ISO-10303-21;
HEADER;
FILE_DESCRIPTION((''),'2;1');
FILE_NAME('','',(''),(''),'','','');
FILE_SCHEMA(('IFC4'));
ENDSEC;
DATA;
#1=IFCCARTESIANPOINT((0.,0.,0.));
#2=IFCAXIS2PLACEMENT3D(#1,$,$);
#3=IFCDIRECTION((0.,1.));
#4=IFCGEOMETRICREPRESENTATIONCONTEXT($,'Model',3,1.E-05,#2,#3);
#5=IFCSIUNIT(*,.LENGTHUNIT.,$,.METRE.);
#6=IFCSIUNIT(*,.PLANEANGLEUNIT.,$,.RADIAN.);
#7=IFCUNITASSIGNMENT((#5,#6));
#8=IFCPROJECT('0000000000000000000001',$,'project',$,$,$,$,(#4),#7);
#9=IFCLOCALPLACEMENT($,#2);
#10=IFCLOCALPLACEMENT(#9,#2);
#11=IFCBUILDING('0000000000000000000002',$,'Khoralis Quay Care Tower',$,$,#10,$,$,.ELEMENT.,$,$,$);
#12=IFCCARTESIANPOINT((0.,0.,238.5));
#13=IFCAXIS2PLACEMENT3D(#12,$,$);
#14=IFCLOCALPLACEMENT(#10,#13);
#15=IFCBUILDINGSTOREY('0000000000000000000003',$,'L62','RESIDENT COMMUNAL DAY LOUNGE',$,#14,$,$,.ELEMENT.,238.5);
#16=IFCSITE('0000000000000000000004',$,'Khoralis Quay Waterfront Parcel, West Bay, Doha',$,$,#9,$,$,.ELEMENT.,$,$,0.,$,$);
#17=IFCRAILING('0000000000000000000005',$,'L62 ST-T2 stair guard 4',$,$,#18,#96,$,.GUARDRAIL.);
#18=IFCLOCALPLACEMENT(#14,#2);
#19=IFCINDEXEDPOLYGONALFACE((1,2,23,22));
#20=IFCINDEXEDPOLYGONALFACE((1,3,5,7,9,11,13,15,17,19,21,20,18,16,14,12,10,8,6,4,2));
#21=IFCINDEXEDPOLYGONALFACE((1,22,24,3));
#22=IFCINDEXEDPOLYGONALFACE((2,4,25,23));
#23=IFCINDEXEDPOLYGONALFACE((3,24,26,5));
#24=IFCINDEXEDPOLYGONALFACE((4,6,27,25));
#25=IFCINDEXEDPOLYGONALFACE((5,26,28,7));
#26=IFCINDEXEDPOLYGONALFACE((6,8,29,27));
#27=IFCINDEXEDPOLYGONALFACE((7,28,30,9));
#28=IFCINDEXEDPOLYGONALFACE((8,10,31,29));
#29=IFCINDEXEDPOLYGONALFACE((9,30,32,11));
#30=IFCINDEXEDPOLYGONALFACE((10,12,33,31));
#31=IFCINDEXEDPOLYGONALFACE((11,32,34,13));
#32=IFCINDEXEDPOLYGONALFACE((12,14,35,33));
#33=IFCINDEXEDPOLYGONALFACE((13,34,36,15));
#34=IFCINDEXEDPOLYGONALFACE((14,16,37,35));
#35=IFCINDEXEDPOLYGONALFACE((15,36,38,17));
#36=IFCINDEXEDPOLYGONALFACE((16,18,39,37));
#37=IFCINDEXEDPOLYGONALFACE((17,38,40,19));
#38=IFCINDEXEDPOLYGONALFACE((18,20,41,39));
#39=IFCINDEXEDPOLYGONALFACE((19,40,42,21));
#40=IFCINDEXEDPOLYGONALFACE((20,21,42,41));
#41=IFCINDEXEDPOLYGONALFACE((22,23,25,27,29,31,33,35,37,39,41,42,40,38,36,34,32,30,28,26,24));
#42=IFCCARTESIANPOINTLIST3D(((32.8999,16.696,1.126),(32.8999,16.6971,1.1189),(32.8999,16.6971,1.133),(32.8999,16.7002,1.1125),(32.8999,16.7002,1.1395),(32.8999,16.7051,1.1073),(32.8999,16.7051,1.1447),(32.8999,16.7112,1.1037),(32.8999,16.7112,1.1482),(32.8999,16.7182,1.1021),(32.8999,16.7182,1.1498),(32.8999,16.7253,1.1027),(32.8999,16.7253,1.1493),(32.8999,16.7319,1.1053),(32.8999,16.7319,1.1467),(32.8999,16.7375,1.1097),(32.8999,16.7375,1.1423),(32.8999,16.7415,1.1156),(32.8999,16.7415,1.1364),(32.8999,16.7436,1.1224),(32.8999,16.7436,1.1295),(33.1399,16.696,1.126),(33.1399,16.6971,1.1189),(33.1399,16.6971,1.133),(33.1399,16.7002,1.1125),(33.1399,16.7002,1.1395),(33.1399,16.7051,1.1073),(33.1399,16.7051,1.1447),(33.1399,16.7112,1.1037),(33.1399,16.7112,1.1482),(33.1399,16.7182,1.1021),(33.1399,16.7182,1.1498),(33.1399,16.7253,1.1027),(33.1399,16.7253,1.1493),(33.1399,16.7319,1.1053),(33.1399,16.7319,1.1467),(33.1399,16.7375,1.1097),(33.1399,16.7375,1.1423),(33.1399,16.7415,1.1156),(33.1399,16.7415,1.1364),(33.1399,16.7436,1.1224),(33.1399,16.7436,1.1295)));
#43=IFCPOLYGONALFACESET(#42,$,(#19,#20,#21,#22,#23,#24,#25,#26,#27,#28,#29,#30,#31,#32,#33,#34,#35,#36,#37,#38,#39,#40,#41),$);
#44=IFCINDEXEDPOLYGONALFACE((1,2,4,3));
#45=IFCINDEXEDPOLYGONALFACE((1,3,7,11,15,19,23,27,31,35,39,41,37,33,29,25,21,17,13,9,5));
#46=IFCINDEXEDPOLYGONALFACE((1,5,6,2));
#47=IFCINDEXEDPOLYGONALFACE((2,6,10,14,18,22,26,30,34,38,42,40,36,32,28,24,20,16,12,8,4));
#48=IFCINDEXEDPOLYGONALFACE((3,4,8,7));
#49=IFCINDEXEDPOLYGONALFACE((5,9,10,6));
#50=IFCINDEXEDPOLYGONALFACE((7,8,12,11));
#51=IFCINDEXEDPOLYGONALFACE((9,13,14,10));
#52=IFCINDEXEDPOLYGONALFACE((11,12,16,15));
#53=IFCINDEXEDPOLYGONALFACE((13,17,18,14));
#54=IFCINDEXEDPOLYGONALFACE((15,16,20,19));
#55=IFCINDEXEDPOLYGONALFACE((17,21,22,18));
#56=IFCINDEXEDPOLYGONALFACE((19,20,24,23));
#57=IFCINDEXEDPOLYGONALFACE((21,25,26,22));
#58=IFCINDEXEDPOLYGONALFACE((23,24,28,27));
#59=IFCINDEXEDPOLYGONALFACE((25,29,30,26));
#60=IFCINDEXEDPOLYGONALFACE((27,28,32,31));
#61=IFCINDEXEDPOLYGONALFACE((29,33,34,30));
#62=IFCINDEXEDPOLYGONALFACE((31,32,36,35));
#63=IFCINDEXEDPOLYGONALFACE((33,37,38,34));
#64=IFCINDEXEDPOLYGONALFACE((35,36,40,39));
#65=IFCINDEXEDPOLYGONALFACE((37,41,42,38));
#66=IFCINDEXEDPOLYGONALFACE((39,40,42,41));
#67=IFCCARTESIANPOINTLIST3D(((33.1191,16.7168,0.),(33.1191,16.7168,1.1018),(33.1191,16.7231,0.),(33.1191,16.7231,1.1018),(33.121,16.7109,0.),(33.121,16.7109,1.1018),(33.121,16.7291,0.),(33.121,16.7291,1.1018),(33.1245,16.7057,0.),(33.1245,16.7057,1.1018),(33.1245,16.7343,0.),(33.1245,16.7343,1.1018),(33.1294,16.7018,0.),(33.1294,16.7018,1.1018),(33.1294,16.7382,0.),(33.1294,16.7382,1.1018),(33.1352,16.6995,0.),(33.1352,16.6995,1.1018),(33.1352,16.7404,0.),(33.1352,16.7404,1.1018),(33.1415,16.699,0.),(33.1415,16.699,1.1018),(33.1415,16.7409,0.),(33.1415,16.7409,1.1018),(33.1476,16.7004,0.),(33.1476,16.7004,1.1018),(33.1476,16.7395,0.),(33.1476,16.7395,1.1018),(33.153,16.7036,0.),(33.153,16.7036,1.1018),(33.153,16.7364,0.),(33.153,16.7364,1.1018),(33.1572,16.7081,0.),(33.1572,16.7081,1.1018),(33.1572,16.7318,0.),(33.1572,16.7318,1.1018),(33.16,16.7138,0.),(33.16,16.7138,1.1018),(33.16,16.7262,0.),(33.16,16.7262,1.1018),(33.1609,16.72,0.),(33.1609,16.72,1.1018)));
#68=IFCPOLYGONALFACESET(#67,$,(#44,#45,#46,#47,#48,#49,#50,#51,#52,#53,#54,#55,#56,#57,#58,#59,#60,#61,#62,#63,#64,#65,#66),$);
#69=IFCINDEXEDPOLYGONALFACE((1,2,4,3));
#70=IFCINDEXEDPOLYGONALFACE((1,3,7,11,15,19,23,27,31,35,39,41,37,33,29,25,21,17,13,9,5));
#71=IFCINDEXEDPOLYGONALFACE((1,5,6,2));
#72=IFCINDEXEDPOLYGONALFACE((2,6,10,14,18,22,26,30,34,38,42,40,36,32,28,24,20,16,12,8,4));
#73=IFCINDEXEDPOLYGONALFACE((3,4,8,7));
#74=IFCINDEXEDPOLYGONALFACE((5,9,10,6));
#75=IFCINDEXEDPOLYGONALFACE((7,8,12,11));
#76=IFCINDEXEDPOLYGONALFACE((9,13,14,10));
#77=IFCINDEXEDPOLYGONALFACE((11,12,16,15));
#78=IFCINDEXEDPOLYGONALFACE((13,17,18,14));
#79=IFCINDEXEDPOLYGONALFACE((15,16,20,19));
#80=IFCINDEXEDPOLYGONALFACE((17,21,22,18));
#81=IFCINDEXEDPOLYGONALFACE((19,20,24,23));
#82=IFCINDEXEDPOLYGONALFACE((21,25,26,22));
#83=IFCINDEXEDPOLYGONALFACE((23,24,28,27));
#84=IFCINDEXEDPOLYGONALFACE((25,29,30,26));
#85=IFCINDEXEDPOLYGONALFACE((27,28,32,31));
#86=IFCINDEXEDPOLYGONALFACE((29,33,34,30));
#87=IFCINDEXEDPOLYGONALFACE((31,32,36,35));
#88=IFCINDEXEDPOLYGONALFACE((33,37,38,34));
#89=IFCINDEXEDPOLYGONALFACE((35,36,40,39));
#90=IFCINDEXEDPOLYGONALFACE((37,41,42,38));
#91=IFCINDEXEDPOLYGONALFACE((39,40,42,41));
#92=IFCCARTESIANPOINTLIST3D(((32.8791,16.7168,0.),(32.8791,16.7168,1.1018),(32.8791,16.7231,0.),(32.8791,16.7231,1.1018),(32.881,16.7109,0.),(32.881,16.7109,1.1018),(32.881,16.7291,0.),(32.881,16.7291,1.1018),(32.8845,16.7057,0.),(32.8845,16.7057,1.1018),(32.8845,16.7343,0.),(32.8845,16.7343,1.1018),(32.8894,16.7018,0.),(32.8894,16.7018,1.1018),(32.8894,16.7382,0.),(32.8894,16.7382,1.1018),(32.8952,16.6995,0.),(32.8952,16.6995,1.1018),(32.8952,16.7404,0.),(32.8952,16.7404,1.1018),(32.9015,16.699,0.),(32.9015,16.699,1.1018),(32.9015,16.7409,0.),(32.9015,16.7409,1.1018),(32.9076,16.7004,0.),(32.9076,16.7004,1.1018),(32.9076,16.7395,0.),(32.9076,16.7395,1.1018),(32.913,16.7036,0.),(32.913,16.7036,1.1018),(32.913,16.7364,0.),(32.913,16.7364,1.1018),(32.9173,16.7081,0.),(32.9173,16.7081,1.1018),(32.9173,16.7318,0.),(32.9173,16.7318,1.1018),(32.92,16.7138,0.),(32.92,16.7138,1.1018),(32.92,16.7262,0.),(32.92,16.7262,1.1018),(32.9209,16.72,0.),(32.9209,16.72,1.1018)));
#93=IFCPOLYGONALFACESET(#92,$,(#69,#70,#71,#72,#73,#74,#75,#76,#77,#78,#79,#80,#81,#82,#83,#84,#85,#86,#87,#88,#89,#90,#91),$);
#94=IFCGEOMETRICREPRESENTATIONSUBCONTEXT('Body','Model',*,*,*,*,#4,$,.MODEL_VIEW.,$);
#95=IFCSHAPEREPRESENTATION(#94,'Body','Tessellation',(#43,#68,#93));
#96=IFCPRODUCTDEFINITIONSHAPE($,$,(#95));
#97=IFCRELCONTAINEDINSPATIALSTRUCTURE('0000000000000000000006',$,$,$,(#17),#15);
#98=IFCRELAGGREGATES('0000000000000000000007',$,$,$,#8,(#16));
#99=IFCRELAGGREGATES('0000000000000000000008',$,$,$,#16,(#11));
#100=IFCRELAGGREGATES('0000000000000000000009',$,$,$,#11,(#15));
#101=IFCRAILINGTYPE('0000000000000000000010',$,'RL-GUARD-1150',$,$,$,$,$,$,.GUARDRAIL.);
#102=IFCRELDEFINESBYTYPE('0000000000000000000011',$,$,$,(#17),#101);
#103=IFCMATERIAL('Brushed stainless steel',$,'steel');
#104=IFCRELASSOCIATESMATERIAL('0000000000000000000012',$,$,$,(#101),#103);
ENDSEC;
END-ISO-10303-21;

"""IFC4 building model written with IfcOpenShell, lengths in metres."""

from ifc_helpers import new_model, si_unit, direction, frame, origin, origin_2d, place, context, subcontext, project, spatial, circle, extrude, material, type_object, element, save


model = new_model("IFC4")

# Units and contexts
model_context = context("Model", 3, precision=1e-05, world=origin(), true_north=direction((0.0, 1.0)))
body_context = subcontext(model_context, "Body", "Model", "MODEL_VIEW")
ifc_project = project(units=[si_unit("LENGTHUNIT", "METRE"), si_unit("PLANEANGLEUNIT", "RADIAN")], contexts=[model_context])

# Site, building, storey
site_placement = place(None, origin())
site = spatial("IfcSite", under=ifc_project, at=site_placement, Name="Khoralis Quay Waterfront Parcel, West Bay, Doha", CompositionType="ELEMENT", RefElevation=0.0)
building_placement = place(site_placement, origin())
building = spatial("IfcBuilding", under=site, at=building_placement, Name="Khoralis Quay Care Tower", CompositionType="ELEMENT")
storey_placement = place(building_placement, frame((0.0, 0.0, 238.5)))
storey = spatial("IfcBuildingStorey", under=building, at=storey_placement, Name="L62", Description="RESIDENT COMMUNAL DAY LOUNGE", CompositionType="ELEMENT", Elevation=238.5)

# Shared definitions
ifc_material_1 = material(Name="Brushed stainless steel", Category="steel")

# Railing
railing_type_1 = type_object("IfcRailingType", Name="RL-GUARD-1150", PredefinedType="GUARDRAIL", material=ifc_material_1)
railing_1_placement = place(storey_placement, frame((33.1399, 16.72, 0.0)))
element("IfcRailing", 1, at=railing_1_placement, inside=storey, type_object=railing_type_1, Name="L62 ST-T2 stair guard 4", PredefinedType="GUARDRAIL", context=body_context, shape_type="SweptSolid", body=[
    extrude(circle(Radius=0.0239, at=origin_2d()), frame((0.0, 0.0, 1.126), z_axis=(-1.0, 0.0, 0.0), x_axis=(0.0, -1.0, 0.0)), (0.0, 0.0, 1.0), 0.24),
    extrude(circle(Radius=0.021, at=origin_2d()), origin(), (0.0, 0.0, 1.0), 1.1018),
    extrude(circle(Radius=0.021, at=origin_2d()), frame((-0.24, 0.0, 0.0)), (0.0, 0.0, 1.0), 1.1018),
])

save(model, "model.ifc")
